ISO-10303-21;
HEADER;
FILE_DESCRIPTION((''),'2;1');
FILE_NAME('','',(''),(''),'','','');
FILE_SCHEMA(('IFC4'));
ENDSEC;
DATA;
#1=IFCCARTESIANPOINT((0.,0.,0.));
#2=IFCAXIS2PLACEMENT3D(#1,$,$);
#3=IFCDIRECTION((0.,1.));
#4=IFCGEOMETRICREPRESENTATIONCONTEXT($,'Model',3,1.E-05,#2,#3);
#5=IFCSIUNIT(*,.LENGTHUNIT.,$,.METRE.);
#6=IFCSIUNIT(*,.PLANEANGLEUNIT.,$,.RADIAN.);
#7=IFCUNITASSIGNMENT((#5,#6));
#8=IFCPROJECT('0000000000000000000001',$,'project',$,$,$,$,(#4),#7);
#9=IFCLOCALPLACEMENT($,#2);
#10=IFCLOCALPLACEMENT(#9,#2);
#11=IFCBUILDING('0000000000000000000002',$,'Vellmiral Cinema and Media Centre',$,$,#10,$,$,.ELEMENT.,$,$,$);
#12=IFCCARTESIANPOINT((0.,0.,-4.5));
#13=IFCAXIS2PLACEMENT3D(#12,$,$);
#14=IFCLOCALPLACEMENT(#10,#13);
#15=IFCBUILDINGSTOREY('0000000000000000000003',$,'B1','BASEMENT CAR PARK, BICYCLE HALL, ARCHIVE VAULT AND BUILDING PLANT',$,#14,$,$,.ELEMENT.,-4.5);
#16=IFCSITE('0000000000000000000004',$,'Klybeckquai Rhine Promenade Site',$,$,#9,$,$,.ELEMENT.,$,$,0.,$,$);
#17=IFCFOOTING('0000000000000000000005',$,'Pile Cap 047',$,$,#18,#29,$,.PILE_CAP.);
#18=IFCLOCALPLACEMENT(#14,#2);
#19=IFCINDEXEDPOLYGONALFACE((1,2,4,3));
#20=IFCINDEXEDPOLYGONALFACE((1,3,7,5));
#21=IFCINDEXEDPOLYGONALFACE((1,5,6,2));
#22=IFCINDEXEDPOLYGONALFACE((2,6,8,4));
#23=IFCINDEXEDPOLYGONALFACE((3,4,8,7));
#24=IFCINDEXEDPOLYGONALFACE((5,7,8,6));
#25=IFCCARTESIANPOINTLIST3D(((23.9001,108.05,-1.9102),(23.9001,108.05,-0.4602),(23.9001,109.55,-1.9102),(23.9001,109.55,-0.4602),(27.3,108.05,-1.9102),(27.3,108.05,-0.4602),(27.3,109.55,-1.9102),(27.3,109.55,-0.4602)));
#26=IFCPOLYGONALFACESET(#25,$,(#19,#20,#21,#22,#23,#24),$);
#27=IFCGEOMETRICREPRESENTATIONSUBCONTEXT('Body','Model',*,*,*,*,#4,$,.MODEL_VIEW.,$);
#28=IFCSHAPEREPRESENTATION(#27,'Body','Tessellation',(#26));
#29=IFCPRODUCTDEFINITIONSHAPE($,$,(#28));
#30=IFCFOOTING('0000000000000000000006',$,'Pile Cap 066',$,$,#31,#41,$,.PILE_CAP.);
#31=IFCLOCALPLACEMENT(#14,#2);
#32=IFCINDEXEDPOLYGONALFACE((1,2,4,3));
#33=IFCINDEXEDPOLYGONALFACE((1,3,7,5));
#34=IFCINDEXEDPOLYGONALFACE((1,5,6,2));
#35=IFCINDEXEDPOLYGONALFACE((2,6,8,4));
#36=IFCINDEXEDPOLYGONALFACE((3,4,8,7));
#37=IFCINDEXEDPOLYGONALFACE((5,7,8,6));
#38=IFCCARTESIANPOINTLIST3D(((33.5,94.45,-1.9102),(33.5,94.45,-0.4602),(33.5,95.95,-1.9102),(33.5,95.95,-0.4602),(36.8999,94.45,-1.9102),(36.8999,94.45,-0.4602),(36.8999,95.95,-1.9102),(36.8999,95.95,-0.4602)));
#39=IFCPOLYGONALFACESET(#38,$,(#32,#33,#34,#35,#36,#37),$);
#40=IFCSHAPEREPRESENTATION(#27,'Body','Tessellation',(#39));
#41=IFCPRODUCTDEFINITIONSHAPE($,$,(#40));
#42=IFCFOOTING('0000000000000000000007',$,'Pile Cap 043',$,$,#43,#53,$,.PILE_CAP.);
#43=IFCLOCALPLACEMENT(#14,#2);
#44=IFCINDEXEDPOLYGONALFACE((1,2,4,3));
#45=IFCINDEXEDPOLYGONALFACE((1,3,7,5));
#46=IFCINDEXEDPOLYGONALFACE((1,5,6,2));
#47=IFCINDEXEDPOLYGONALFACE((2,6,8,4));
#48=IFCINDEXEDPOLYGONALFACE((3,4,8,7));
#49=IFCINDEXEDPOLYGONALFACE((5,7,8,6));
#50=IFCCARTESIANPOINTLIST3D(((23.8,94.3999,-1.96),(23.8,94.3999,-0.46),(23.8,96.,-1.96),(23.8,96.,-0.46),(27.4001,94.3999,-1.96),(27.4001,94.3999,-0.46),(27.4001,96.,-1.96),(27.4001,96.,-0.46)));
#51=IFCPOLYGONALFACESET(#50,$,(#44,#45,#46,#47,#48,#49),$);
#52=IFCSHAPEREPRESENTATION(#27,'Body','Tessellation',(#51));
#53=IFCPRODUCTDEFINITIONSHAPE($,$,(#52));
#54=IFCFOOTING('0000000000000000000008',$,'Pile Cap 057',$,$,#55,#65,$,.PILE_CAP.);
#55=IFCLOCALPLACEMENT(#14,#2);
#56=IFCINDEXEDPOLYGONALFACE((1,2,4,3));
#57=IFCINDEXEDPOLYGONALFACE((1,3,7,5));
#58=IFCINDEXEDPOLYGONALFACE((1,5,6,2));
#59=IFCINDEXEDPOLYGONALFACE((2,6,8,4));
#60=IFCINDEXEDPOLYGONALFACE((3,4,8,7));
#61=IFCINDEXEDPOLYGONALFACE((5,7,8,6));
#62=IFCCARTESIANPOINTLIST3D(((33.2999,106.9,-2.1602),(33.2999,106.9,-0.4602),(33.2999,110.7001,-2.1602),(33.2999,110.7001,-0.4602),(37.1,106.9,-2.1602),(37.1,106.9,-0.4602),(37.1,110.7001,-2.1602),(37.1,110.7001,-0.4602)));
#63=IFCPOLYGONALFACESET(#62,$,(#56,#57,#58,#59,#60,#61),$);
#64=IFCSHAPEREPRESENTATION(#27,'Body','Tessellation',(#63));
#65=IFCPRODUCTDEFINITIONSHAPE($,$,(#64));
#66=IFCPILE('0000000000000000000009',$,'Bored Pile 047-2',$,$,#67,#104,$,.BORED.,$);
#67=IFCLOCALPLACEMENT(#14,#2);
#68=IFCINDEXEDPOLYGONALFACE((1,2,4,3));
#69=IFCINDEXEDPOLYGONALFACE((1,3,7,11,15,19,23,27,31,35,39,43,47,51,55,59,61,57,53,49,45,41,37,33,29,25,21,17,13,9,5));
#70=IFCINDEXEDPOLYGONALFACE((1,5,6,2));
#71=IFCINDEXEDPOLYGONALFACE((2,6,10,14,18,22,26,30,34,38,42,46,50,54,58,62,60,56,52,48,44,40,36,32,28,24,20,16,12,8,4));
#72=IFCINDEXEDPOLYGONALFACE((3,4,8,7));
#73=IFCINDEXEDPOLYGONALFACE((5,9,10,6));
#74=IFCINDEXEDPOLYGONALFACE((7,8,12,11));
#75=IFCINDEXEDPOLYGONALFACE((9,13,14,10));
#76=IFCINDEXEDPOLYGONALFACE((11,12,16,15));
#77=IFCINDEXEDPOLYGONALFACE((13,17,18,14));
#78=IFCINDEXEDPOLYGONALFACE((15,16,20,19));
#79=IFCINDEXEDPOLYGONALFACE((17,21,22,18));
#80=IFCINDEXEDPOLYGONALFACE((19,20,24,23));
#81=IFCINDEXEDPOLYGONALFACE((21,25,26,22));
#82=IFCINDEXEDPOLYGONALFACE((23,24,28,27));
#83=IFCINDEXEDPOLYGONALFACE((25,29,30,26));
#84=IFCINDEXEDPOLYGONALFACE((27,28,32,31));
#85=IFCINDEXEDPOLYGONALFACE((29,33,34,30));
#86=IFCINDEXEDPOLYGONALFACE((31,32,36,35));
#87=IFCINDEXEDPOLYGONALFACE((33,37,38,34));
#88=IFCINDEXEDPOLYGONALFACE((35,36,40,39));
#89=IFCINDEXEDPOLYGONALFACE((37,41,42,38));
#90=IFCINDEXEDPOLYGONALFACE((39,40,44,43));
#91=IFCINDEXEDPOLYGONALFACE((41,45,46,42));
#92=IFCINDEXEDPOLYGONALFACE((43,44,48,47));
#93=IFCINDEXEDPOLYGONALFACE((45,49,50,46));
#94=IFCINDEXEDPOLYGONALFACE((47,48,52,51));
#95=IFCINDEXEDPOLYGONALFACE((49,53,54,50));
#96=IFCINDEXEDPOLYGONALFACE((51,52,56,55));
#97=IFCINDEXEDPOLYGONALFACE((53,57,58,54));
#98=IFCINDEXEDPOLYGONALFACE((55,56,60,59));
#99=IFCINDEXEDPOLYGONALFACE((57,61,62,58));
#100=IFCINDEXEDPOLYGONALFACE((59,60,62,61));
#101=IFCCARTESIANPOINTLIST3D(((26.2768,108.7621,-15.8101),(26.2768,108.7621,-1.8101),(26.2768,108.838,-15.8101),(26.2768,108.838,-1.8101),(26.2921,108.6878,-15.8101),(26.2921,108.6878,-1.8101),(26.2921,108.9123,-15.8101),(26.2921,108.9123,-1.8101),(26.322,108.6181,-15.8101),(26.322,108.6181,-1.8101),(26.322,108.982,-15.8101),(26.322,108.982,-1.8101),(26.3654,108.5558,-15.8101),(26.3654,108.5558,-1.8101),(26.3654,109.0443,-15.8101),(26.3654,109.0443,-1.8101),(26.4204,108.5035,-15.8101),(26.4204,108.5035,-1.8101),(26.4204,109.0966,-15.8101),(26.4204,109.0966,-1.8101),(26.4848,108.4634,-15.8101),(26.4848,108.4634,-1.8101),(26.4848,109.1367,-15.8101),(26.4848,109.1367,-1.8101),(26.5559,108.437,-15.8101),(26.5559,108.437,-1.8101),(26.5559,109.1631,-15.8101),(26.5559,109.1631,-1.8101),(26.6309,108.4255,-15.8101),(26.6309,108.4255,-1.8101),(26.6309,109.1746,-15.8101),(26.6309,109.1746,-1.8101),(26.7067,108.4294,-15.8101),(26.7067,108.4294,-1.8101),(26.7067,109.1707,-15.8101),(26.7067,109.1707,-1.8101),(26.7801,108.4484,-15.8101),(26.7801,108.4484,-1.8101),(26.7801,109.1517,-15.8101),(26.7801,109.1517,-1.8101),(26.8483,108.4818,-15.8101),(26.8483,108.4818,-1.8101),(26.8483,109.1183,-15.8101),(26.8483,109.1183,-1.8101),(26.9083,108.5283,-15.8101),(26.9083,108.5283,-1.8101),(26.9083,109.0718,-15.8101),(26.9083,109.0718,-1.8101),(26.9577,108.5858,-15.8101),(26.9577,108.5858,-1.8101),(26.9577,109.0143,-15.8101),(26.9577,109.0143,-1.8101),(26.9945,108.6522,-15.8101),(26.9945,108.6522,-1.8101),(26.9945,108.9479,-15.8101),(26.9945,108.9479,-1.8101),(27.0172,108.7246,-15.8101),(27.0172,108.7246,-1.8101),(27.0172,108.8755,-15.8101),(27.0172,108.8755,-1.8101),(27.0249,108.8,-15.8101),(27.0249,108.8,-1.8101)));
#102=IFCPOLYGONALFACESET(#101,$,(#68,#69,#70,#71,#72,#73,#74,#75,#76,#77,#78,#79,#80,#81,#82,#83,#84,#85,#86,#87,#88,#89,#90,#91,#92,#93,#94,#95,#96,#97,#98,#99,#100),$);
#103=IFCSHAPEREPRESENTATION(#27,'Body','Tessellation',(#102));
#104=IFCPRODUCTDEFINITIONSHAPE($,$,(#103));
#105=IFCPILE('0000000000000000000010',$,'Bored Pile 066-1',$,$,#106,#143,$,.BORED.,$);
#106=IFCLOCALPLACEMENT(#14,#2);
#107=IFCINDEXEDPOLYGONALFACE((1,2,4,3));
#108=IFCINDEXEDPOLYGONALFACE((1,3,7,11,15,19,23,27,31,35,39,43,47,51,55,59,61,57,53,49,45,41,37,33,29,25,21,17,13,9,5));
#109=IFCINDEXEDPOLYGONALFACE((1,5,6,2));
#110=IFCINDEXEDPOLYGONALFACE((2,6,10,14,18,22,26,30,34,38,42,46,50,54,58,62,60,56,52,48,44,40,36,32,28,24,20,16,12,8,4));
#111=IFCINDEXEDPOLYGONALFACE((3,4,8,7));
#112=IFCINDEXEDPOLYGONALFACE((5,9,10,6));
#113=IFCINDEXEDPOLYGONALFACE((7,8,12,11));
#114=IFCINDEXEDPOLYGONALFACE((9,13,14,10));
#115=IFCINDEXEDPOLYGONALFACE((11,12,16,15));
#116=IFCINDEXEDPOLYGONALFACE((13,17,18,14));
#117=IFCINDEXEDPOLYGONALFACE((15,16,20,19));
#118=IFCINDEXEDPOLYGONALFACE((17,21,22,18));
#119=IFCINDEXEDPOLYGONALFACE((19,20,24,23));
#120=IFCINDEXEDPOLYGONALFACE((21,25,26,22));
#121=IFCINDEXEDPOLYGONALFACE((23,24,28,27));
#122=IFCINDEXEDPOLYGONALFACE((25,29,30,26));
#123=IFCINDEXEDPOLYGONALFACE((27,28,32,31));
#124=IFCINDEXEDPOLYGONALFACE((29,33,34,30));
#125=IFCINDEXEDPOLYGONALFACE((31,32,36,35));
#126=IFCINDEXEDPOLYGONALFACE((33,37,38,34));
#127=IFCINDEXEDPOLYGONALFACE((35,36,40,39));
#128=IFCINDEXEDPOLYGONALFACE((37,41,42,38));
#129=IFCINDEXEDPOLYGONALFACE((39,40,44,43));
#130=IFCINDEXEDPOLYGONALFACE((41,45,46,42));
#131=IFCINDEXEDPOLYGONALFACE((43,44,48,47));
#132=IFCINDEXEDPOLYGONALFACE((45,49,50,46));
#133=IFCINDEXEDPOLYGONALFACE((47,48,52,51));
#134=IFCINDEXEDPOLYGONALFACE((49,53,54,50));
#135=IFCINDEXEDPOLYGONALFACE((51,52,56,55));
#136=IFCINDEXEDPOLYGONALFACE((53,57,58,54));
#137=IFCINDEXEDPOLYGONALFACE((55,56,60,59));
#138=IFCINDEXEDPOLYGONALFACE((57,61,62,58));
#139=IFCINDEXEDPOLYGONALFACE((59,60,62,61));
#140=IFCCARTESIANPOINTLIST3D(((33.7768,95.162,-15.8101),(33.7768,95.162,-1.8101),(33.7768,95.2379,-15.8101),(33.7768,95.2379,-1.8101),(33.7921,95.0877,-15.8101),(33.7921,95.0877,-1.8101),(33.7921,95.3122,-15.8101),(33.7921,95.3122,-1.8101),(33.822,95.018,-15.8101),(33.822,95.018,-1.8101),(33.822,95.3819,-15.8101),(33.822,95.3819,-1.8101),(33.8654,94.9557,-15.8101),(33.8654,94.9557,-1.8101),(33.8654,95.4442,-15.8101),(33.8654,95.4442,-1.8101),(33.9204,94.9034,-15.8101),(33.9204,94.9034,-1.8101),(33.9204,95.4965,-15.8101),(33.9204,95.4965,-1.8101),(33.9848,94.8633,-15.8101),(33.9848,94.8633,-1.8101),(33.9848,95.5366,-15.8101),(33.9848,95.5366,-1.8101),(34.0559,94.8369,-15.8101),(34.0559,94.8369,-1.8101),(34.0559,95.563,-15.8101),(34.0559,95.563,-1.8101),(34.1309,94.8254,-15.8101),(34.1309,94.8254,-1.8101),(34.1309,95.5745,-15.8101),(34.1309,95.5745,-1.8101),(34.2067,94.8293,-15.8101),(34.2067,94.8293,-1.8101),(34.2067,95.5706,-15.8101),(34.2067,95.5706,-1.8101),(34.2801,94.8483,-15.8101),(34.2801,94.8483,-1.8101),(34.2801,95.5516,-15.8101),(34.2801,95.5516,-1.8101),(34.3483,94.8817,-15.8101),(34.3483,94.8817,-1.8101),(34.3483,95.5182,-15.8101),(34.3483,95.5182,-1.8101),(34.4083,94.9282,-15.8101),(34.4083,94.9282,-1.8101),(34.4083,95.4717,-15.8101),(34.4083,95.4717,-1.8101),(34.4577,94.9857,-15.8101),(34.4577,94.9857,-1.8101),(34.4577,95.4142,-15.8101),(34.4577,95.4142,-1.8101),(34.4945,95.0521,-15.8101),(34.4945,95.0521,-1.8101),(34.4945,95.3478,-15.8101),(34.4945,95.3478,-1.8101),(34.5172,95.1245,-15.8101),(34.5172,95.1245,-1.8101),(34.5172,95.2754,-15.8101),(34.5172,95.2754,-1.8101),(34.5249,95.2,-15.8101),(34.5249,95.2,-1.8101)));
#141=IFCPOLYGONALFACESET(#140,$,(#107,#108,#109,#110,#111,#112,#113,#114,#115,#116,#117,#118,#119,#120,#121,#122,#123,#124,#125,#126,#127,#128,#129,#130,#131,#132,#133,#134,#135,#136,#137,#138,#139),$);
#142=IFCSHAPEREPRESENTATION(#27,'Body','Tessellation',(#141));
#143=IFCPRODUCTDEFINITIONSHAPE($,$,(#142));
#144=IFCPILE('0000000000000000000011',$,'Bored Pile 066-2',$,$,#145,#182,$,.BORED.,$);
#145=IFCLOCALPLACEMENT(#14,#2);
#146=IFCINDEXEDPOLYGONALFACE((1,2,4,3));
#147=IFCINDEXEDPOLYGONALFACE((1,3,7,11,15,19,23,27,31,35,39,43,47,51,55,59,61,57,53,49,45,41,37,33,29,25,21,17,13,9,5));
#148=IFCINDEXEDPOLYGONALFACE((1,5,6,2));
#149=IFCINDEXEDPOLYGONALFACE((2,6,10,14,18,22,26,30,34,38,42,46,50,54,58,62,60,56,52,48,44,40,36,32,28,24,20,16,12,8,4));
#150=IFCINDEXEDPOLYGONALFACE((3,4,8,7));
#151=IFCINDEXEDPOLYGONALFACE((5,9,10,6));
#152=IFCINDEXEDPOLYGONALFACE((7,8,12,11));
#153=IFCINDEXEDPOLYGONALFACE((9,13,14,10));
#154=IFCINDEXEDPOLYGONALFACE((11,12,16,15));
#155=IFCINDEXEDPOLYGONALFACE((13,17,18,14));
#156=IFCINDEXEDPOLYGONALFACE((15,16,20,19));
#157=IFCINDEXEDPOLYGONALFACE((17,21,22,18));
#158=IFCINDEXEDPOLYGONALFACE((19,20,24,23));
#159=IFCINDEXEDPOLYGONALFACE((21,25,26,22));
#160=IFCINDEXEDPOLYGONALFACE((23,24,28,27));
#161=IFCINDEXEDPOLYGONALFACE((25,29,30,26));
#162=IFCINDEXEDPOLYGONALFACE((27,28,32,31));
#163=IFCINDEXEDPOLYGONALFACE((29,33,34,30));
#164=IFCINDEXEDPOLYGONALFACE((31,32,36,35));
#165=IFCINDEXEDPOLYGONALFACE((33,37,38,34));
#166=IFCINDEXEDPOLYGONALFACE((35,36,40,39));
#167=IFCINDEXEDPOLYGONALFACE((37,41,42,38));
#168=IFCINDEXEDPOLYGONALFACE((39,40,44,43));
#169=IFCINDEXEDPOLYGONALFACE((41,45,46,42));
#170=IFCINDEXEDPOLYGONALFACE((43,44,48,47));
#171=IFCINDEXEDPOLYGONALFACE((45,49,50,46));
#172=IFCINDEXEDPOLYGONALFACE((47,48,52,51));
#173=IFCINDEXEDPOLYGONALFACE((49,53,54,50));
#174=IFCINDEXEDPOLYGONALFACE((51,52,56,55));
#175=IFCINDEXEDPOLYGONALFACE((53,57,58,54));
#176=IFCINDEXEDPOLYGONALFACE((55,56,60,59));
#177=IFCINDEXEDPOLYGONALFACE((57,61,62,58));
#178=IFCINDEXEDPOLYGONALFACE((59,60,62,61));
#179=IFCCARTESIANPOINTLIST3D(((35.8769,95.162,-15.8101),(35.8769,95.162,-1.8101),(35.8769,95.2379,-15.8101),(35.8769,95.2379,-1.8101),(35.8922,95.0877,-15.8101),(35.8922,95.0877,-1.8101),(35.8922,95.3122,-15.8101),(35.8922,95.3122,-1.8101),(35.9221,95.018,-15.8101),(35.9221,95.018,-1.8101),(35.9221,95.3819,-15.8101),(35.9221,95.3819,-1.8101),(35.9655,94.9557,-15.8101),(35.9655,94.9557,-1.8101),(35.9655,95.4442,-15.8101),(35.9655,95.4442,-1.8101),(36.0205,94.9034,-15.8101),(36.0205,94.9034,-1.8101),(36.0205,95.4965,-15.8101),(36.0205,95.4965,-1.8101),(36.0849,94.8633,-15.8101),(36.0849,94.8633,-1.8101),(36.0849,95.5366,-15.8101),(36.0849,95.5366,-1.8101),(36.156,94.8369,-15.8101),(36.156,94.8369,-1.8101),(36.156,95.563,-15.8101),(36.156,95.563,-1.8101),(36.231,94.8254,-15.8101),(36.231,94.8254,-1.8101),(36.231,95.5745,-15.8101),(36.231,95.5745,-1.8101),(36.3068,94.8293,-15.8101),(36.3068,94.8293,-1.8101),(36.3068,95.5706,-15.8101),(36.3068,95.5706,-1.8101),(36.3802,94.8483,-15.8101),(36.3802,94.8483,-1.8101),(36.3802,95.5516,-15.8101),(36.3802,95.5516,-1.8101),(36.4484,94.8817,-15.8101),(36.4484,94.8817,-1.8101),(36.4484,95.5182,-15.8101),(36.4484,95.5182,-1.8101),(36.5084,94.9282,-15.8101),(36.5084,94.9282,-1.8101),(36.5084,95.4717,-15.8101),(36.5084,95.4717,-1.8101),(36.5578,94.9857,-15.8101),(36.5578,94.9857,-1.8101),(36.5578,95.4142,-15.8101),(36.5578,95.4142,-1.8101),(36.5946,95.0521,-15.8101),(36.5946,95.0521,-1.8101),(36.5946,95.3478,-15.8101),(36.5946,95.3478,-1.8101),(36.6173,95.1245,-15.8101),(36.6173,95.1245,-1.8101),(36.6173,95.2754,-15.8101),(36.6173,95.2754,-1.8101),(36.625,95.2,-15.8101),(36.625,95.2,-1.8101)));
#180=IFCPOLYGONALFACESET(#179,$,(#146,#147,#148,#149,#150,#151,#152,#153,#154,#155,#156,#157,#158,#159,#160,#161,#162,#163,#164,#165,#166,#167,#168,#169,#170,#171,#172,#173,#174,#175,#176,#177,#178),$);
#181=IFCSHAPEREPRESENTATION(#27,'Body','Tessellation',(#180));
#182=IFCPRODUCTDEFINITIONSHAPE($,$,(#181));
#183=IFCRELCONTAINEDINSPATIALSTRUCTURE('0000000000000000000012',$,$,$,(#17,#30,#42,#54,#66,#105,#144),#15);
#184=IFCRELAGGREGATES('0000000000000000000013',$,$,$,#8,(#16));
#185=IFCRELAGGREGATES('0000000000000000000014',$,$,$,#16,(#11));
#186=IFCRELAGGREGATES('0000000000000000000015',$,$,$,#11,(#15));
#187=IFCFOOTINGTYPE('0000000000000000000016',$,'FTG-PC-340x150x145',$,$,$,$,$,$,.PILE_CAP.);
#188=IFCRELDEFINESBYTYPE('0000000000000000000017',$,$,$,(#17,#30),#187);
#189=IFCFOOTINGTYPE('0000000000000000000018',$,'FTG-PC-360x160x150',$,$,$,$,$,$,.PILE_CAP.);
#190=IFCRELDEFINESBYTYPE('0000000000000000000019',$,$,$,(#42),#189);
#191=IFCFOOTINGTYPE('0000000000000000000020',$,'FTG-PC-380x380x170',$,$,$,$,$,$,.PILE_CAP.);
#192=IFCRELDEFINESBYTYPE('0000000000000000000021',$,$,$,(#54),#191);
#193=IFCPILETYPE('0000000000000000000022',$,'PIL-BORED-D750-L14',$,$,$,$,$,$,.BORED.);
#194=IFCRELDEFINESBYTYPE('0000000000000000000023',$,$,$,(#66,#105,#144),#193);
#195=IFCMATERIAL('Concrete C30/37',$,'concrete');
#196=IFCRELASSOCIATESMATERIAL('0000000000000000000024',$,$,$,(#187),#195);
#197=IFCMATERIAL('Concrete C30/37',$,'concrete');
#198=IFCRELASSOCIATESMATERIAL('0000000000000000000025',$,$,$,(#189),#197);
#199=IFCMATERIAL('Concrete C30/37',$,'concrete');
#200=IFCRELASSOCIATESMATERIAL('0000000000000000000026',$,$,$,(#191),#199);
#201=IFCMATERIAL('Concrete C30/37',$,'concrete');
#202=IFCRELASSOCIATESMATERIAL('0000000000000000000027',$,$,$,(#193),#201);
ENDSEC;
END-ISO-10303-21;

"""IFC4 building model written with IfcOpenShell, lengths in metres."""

from ifc_helpers import new_model, si_unit, direction, frame, origin, origin_2d, place, context, subcontext, project, spatial, rectangle, circle, extrude, material, material_profile, profile_set, type_object, element, save


model = new_model("IFC4")

# Units and contexts
model_context = context("Model", 3, precision=1e-05, world=origin(), true_north=direction((0.0, 1.0)))
body_context = subcontext(model_context, "Body", "Model", "MODEL_VIEW")
ifc_project = project(units=[si_unit("LENGTHUNIT", "METRE"), si_unit("PLANEANGLEUNIT", "RADIAN")], contexts=[model_context])

# Site, building, storey
site_placement = place(None, origin())
site = spatial("IfcSite", under=ifc_project, at=site_placement, Name="Klybeckquai Rhine Promenade Site", CompositionType="ELEMENT", RefElevation=0.0)
building_placement = place(site_placement, origin())
building = spatial("IfcBuilding", under=site, at=building_placement, Name="Vellmiral Cinema and Media Centre", CompositionType="ELEMENT")
storey_placement = place(building_placement, frame((0.0, 0.0, -4.5)))
storey = spatial("IfcBuildingStorey", under=building, at=storey_placement, Name="B1", Description="BASEMENT CAR PARK, BICYCLE HALL, ARCHIVE VAULT AND BUILDING PLANT", CompositionType="ELEMENT", Elevation=-4.5)

# Footings
ifc_material_1 = material(Name="Concrete C30/37", Category="concrete")
footing_type_1 = type_object("IfcFootingType", Name="FTG-PC-340x150x145", PredefinedType="PILE_CAP", material=ifc_material_1)
for number, where, z_axis, x_axis, name in (
    (1, (25.6001, 108.8, -1.9102), (0.0, 0.0, 1.0), (1.0, 0.0, 0.0), "Pile Cap 047"),
    (2, (35.2, 95.2, -1.9102), (0.0, 0.0, 1.0), (1.0, 0.0, 0.0), "Pile Cap 066"),
):
    element("IfcFooting", number, at=place(storey_placement, frame(where, z_axis=z_axis, x_axis=x_axis)), inside=storey, type_object=footing_type_1, Name=name, PredefinedType="PILE_CAP", context=body_context, shape_type="SweptSolid", body=[
        extrude(rectangle(XDim=3.3999, YDim=1.5, at=origin_2d()), origin(), (0.0, 0.0, 1.0), 1.45),
    ])
ifc_material_2 = material(Name="Concrete C30/37", Category="concrete")
footing_type_2 = type_object("IfcFootingType", Name="FTG-PC-360x160x150", PredefinedType="PILE_CAP", material=ifc_material_2)
footing_1_placement = place(storey_placement, frame((25.6001, 95.2, -1.96), z_axis=(0.0, 0.0, 1.0), x_axis=(1.0, 0.0, 0.0)))
element("IfcFooting", 3, at=footing_1_placement, inside=storey, type_object=footing_type_2, Name="Pile Cap 043", PredefinedType="PILE_CAP", context=body_context, shape_type="SweptSolid", body=[
    extrude(rectangle(XDim=3.6001, YDim=1.6001, at=origin_2d()), origin(), (0.0, 0.0, 1.0), 1.5),
])
ifc_material_3 = material(Name="Concrete C30/37", Category="concrete")
footing_type_3 = type_object("IfcFootingType", Name="FTG-PC-380x380x170", PredefinedType="PILE_CAP", material=ifc_material_3)
footing_2_placement = place(storey_placement, frame((35.2, 108.8, -2.1602), z_axis=(0.0, 0.0, 1.0), x_axis=(1.0, 0.0, 0.0)))
element("IfcFooting", 4, at=footing_2_placement, inside=storey, type_object=footing_type_3, Name="Pile Cap 057", PredefinedType="PILE_CAP", context=body_context, shape_type="SweptSolid", body=[
    extrude(rectangle(XDim=3.8, YDim=3.8, at=origin_2d()), origin(), (0.0, 0.0, 1.0), 1.7),
])

# Piles
ifc_material_4 = material(Name="Concrete C30/37", Category="concrete")
ifc_material_profile_1 = material_profile(ifc_material_4, circle(Radius=0.375, at=origin_2d()), Name="PILE D750")
ifc_profile_set_1 = profile_set([ifc_material_profile_1], Name="Concrete C30/37")
pile_type_1 = type_object("IfcPileType", Name="PIL-BORED-D750-L14", PredefinedType="BORED", material=ifc_profile_set_1)
for number, where, z_axis, x_axis, name in (
    (5, (26.6499, 108.8, -1.8101), (0.0, 0.0, -1.0), (1.0, 0.0, 0.0), "Bored Pile 047-2"),
    (6, (34.1499, 95.2, -1.8101), (0.0, 0.0, -1.0), (1.0, 0.0, 0.0), "Bored Pile 066-1"),
    (7, (36.25, 95.2, -1.8101), (0.0, 0.0, -1.0), (1.0, 0.0, 0.0), "Bored Pile 066-2"),
):
    element("IfcPile", number, at=place(storey_placement, frame(where, z_axis=z_axis, x_axis=x_axis)), inside=storey, type_object=pile_type_1, Name=name, PredefinedType="BORED", context=body_context, shape_type="SweptSolid", body=[
        extrude(circle(Radius=0.375, at=origin_2d()), origin(), (0.0, 0.0, 1.0), 14.0),
    ])

save(model, "model.ifc")
